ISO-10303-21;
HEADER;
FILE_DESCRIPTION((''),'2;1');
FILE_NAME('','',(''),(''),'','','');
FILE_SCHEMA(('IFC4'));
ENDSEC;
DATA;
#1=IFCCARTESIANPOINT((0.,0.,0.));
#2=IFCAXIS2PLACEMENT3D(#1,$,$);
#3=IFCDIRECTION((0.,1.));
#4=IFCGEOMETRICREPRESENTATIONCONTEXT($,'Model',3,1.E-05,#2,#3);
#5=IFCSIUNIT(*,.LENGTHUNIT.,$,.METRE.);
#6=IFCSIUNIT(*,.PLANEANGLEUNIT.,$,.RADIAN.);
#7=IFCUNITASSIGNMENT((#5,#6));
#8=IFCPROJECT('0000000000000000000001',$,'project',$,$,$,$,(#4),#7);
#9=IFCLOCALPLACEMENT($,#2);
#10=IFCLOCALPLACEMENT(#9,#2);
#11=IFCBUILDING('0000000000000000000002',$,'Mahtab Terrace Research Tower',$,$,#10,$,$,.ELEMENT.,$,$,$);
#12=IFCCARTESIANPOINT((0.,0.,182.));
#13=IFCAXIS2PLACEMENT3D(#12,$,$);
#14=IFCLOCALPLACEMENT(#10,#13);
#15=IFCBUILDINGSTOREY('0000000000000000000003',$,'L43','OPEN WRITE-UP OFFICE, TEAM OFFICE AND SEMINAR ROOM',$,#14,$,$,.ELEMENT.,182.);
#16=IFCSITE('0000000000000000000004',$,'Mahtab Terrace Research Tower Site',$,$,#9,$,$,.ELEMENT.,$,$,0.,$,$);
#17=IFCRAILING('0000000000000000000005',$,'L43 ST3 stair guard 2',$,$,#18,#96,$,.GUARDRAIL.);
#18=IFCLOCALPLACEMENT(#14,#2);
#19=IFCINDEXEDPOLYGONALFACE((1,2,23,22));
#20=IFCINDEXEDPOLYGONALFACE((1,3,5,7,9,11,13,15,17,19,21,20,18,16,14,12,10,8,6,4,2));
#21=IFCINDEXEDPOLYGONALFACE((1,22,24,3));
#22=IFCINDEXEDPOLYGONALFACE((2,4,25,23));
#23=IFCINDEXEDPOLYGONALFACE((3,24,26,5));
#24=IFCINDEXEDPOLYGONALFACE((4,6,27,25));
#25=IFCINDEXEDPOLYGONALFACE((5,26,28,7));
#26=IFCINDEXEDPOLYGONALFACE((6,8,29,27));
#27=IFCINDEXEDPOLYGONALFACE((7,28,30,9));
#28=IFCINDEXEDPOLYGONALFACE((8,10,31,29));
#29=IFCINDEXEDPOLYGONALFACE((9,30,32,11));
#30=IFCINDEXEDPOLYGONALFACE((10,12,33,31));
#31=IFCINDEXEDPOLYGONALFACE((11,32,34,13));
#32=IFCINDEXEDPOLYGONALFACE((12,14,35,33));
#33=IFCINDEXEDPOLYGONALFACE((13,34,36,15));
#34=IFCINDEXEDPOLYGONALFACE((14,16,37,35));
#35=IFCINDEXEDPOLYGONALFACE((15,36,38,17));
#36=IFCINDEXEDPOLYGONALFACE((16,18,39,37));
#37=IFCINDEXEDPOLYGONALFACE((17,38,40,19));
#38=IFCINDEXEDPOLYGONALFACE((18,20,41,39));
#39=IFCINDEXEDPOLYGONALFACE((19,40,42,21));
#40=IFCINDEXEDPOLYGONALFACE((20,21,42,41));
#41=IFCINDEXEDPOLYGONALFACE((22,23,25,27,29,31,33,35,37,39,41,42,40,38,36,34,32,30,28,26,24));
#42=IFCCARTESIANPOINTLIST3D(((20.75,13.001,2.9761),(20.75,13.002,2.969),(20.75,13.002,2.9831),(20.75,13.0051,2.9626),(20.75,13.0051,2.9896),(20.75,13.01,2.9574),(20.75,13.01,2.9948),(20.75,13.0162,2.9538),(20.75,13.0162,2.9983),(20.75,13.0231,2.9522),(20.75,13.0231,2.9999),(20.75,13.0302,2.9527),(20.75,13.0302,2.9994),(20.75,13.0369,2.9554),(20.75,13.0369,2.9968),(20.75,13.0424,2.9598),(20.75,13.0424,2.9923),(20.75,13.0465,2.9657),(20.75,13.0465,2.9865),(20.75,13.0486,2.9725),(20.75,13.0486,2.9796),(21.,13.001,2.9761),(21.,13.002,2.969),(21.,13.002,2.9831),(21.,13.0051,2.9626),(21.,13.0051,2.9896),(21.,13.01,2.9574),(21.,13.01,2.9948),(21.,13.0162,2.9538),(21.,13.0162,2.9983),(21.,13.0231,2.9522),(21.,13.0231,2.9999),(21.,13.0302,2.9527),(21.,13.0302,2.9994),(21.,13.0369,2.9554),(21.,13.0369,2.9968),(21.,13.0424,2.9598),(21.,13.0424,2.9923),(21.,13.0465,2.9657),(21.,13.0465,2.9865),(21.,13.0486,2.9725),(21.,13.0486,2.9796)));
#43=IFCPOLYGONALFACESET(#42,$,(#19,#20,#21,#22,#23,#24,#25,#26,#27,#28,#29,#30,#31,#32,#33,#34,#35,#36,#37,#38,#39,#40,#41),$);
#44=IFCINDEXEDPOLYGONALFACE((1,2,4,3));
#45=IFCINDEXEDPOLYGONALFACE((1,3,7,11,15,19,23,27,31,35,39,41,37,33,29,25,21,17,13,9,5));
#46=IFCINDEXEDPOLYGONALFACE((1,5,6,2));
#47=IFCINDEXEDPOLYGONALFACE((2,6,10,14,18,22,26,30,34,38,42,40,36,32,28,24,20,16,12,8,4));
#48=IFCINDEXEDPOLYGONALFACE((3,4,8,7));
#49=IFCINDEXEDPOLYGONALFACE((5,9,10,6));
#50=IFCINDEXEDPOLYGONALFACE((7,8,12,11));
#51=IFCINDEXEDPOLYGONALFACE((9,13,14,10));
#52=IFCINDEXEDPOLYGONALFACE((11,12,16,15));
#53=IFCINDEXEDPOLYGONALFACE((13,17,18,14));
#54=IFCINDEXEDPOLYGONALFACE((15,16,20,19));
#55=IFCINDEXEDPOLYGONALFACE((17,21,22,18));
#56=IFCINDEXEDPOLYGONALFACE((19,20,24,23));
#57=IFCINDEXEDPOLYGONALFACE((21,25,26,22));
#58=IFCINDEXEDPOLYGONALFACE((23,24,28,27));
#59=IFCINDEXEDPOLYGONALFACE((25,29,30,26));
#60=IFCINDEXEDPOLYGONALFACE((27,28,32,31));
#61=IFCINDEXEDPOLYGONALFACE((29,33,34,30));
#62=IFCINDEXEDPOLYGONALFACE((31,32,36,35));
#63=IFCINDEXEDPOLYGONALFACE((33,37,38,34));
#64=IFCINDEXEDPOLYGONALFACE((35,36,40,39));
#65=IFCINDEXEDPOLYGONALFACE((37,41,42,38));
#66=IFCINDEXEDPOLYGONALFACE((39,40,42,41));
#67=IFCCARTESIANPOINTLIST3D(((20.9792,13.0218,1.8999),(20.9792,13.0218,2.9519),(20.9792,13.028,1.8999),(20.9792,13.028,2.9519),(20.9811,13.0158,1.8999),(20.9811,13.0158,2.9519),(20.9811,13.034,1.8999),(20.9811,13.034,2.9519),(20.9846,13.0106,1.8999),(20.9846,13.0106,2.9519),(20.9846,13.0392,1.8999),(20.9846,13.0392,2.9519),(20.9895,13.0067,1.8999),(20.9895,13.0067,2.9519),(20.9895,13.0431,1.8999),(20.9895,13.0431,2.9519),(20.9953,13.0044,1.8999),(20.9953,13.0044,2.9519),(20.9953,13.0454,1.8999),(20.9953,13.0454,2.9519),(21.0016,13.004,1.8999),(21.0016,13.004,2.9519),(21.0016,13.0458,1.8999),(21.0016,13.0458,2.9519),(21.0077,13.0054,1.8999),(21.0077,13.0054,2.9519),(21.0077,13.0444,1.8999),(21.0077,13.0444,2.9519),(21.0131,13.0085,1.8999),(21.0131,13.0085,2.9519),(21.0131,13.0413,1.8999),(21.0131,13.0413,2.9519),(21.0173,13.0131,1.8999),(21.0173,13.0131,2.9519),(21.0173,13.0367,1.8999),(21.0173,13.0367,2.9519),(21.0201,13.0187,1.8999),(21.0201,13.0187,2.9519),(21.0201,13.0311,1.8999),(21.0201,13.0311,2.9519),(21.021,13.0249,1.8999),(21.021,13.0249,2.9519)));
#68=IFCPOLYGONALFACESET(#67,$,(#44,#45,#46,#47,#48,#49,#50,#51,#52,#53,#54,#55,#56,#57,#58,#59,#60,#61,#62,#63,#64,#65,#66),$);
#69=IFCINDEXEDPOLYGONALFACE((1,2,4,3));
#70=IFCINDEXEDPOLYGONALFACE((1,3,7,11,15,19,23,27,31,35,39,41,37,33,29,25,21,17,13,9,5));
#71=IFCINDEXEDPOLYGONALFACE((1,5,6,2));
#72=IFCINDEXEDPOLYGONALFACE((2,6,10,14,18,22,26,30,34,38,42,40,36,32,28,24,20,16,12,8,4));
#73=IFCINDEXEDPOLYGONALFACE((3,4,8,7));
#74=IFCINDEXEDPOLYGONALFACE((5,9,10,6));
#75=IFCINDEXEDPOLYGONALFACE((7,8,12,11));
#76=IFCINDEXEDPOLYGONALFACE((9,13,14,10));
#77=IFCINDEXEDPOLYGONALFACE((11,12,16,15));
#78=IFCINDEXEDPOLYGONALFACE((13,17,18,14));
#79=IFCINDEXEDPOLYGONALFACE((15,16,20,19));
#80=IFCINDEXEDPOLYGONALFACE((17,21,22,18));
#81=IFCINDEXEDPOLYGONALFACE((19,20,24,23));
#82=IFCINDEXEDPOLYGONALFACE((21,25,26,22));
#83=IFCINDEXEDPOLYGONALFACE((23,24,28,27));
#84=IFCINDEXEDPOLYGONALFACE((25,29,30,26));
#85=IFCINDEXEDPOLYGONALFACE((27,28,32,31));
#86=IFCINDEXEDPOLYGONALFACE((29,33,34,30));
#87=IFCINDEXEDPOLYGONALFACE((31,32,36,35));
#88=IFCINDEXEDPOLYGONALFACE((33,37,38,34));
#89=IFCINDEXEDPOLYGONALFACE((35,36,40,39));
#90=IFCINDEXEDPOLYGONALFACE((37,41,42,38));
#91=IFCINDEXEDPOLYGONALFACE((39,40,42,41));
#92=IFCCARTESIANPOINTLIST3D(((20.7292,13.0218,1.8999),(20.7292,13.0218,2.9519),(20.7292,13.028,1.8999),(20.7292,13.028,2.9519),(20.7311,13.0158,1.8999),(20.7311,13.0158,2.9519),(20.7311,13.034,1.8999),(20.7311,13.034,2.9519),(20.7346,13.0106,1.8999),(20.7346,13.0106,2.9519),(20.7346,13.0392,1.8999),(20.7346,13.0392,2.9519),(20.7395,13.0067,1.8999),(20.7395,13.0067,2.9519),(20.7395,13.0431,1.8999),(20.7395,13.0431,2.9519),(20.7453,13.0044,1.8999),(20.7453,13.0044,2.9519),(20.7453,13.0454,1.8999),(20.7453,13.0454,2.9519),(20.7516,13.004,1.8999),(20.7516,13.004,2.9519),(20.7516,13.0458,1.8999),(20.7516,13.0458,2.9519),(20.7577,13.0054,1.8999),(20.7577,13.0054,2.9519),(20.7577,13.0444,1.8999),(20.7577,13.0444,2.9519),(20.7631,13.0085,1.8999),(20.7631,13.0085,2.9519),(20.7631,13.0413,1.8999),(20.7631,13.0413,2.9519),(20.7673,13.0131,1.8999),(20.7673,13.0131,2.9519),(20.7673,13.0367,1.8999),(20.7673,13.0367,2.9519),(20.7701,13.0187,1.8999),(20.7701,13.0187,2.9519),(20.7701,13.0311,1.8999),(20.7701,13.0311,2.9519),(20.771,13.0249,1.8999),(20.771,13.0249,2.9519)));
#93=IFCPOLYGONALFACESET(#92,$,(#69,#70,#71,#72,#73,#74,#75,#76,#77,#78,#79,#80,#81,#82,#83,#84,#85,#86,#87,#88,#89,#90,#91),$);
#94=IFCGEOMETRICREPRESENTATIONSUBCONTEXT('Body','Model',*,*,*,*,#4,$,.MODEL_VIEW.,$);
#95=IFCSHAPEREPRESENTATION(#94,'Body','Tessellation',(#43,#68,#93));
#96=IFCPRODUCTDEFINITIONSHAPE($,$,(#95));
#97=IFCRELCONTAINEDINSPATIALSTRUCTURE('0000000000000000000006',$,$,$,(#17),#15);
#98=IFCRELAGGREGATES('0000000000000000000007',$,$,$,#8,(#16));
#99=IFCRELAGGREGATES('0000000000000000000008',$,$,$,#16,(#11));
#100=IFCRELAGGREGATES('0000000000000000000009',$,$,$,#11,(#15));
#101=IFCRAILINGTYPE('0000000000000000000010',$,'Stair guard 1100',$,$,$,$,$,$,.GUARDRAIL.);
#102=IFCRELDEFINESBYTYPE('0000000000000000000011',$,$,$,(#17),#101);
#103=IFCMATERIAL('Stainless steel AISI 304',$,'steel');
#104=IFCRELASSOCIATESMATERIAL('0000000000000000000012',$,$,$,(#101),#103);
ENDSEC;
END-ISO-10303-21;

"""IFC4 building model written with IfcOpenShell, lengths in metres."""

from ifc_helpers import new_model, si_unit, direction, frame, origin, origin_2d, place, context, subcontext, project, spatial, circle, extrude, material, type_object, element, save


model = new_model("IFC4")

# Units and contexts
model_context = context("Model", 3, precision=1e-05, world=origin(), true_north=direction((0.0, 1.0)))
body_context = subcontext(model_context, "Body", "Model", "MODEL_VIEW")
ifc_project = project(units=[si_unit("LENGTHUNIT", "METRE"), si_unit("PLANEANGLEUNIT", "RADIAN")], contexts=[model_context])

# Site, building, storey
site_placement = place(None, origin())
site = spatial("IfcSite", under=ifc_project, at=site_placement, Name="Mahtab Terrace Research Tower Site", CompositionType="ELEMENT", RefElevation=0.0)
building_placement = place(site_placement, origin())
building = spatial("IfcBuilding", under=site, at=building_placement, Name="Mahtab Terrace Research Tower", CompositionType="ELEMENT")
storey_placement = place(building_placement, frame((0.0, 0.0, 182.0)))
storey = spatial("IfcBuildingStorey", under=building, at=storey_placement, Name="L43", Description="OPEN WRITE-UP OFFICE, TEAM OFFICE AND SEMINAR ROOM", CompositionType="ELEMENT", Elevation=182.0)

# Shared definitions
ifc_material_1 = material(Name="Stainless steel AISI 304", Category="steel")

# Railing
railing_type_1 = type_object("IfcRailingType", Name="Stair guard 1100", PredefinedType="GUARDRAIL", material=ifc_material_1)
railing_1_placement = place(storey_placement, frame((21.0, 13.0249, 1.8999)))
element("IfcRailing", 1, at=railing_1_placement, inside=storey, type_object=railing_type_1, Name="L43 ST3 stair guard 2", PredefinedType="GUARDRAIL", context=body_context, shape_type="SweptSolid", body=[
    extrude(circle(Radius=0.0239, at=origin_2d()), frame((0.0, 0.0, 1.0762), z_axis=(-1.0, 0.0, 0.0), x_axis=(0.0, -1.0, 0.0)), (0.0, 0.0, 1.0), 0.25),
    extrude(circle(Radius=0.021, at=origin_2d()), origin(), (0.0, 0.0, 1.0), 1.052),
    extrude(circle(Radius=0.021, at=origin_2d()), frame((-0.25, 0.0, 0.0)), (0.0, 0.0, 1.0), 1.052),
])

save(model, "model.ifc")
